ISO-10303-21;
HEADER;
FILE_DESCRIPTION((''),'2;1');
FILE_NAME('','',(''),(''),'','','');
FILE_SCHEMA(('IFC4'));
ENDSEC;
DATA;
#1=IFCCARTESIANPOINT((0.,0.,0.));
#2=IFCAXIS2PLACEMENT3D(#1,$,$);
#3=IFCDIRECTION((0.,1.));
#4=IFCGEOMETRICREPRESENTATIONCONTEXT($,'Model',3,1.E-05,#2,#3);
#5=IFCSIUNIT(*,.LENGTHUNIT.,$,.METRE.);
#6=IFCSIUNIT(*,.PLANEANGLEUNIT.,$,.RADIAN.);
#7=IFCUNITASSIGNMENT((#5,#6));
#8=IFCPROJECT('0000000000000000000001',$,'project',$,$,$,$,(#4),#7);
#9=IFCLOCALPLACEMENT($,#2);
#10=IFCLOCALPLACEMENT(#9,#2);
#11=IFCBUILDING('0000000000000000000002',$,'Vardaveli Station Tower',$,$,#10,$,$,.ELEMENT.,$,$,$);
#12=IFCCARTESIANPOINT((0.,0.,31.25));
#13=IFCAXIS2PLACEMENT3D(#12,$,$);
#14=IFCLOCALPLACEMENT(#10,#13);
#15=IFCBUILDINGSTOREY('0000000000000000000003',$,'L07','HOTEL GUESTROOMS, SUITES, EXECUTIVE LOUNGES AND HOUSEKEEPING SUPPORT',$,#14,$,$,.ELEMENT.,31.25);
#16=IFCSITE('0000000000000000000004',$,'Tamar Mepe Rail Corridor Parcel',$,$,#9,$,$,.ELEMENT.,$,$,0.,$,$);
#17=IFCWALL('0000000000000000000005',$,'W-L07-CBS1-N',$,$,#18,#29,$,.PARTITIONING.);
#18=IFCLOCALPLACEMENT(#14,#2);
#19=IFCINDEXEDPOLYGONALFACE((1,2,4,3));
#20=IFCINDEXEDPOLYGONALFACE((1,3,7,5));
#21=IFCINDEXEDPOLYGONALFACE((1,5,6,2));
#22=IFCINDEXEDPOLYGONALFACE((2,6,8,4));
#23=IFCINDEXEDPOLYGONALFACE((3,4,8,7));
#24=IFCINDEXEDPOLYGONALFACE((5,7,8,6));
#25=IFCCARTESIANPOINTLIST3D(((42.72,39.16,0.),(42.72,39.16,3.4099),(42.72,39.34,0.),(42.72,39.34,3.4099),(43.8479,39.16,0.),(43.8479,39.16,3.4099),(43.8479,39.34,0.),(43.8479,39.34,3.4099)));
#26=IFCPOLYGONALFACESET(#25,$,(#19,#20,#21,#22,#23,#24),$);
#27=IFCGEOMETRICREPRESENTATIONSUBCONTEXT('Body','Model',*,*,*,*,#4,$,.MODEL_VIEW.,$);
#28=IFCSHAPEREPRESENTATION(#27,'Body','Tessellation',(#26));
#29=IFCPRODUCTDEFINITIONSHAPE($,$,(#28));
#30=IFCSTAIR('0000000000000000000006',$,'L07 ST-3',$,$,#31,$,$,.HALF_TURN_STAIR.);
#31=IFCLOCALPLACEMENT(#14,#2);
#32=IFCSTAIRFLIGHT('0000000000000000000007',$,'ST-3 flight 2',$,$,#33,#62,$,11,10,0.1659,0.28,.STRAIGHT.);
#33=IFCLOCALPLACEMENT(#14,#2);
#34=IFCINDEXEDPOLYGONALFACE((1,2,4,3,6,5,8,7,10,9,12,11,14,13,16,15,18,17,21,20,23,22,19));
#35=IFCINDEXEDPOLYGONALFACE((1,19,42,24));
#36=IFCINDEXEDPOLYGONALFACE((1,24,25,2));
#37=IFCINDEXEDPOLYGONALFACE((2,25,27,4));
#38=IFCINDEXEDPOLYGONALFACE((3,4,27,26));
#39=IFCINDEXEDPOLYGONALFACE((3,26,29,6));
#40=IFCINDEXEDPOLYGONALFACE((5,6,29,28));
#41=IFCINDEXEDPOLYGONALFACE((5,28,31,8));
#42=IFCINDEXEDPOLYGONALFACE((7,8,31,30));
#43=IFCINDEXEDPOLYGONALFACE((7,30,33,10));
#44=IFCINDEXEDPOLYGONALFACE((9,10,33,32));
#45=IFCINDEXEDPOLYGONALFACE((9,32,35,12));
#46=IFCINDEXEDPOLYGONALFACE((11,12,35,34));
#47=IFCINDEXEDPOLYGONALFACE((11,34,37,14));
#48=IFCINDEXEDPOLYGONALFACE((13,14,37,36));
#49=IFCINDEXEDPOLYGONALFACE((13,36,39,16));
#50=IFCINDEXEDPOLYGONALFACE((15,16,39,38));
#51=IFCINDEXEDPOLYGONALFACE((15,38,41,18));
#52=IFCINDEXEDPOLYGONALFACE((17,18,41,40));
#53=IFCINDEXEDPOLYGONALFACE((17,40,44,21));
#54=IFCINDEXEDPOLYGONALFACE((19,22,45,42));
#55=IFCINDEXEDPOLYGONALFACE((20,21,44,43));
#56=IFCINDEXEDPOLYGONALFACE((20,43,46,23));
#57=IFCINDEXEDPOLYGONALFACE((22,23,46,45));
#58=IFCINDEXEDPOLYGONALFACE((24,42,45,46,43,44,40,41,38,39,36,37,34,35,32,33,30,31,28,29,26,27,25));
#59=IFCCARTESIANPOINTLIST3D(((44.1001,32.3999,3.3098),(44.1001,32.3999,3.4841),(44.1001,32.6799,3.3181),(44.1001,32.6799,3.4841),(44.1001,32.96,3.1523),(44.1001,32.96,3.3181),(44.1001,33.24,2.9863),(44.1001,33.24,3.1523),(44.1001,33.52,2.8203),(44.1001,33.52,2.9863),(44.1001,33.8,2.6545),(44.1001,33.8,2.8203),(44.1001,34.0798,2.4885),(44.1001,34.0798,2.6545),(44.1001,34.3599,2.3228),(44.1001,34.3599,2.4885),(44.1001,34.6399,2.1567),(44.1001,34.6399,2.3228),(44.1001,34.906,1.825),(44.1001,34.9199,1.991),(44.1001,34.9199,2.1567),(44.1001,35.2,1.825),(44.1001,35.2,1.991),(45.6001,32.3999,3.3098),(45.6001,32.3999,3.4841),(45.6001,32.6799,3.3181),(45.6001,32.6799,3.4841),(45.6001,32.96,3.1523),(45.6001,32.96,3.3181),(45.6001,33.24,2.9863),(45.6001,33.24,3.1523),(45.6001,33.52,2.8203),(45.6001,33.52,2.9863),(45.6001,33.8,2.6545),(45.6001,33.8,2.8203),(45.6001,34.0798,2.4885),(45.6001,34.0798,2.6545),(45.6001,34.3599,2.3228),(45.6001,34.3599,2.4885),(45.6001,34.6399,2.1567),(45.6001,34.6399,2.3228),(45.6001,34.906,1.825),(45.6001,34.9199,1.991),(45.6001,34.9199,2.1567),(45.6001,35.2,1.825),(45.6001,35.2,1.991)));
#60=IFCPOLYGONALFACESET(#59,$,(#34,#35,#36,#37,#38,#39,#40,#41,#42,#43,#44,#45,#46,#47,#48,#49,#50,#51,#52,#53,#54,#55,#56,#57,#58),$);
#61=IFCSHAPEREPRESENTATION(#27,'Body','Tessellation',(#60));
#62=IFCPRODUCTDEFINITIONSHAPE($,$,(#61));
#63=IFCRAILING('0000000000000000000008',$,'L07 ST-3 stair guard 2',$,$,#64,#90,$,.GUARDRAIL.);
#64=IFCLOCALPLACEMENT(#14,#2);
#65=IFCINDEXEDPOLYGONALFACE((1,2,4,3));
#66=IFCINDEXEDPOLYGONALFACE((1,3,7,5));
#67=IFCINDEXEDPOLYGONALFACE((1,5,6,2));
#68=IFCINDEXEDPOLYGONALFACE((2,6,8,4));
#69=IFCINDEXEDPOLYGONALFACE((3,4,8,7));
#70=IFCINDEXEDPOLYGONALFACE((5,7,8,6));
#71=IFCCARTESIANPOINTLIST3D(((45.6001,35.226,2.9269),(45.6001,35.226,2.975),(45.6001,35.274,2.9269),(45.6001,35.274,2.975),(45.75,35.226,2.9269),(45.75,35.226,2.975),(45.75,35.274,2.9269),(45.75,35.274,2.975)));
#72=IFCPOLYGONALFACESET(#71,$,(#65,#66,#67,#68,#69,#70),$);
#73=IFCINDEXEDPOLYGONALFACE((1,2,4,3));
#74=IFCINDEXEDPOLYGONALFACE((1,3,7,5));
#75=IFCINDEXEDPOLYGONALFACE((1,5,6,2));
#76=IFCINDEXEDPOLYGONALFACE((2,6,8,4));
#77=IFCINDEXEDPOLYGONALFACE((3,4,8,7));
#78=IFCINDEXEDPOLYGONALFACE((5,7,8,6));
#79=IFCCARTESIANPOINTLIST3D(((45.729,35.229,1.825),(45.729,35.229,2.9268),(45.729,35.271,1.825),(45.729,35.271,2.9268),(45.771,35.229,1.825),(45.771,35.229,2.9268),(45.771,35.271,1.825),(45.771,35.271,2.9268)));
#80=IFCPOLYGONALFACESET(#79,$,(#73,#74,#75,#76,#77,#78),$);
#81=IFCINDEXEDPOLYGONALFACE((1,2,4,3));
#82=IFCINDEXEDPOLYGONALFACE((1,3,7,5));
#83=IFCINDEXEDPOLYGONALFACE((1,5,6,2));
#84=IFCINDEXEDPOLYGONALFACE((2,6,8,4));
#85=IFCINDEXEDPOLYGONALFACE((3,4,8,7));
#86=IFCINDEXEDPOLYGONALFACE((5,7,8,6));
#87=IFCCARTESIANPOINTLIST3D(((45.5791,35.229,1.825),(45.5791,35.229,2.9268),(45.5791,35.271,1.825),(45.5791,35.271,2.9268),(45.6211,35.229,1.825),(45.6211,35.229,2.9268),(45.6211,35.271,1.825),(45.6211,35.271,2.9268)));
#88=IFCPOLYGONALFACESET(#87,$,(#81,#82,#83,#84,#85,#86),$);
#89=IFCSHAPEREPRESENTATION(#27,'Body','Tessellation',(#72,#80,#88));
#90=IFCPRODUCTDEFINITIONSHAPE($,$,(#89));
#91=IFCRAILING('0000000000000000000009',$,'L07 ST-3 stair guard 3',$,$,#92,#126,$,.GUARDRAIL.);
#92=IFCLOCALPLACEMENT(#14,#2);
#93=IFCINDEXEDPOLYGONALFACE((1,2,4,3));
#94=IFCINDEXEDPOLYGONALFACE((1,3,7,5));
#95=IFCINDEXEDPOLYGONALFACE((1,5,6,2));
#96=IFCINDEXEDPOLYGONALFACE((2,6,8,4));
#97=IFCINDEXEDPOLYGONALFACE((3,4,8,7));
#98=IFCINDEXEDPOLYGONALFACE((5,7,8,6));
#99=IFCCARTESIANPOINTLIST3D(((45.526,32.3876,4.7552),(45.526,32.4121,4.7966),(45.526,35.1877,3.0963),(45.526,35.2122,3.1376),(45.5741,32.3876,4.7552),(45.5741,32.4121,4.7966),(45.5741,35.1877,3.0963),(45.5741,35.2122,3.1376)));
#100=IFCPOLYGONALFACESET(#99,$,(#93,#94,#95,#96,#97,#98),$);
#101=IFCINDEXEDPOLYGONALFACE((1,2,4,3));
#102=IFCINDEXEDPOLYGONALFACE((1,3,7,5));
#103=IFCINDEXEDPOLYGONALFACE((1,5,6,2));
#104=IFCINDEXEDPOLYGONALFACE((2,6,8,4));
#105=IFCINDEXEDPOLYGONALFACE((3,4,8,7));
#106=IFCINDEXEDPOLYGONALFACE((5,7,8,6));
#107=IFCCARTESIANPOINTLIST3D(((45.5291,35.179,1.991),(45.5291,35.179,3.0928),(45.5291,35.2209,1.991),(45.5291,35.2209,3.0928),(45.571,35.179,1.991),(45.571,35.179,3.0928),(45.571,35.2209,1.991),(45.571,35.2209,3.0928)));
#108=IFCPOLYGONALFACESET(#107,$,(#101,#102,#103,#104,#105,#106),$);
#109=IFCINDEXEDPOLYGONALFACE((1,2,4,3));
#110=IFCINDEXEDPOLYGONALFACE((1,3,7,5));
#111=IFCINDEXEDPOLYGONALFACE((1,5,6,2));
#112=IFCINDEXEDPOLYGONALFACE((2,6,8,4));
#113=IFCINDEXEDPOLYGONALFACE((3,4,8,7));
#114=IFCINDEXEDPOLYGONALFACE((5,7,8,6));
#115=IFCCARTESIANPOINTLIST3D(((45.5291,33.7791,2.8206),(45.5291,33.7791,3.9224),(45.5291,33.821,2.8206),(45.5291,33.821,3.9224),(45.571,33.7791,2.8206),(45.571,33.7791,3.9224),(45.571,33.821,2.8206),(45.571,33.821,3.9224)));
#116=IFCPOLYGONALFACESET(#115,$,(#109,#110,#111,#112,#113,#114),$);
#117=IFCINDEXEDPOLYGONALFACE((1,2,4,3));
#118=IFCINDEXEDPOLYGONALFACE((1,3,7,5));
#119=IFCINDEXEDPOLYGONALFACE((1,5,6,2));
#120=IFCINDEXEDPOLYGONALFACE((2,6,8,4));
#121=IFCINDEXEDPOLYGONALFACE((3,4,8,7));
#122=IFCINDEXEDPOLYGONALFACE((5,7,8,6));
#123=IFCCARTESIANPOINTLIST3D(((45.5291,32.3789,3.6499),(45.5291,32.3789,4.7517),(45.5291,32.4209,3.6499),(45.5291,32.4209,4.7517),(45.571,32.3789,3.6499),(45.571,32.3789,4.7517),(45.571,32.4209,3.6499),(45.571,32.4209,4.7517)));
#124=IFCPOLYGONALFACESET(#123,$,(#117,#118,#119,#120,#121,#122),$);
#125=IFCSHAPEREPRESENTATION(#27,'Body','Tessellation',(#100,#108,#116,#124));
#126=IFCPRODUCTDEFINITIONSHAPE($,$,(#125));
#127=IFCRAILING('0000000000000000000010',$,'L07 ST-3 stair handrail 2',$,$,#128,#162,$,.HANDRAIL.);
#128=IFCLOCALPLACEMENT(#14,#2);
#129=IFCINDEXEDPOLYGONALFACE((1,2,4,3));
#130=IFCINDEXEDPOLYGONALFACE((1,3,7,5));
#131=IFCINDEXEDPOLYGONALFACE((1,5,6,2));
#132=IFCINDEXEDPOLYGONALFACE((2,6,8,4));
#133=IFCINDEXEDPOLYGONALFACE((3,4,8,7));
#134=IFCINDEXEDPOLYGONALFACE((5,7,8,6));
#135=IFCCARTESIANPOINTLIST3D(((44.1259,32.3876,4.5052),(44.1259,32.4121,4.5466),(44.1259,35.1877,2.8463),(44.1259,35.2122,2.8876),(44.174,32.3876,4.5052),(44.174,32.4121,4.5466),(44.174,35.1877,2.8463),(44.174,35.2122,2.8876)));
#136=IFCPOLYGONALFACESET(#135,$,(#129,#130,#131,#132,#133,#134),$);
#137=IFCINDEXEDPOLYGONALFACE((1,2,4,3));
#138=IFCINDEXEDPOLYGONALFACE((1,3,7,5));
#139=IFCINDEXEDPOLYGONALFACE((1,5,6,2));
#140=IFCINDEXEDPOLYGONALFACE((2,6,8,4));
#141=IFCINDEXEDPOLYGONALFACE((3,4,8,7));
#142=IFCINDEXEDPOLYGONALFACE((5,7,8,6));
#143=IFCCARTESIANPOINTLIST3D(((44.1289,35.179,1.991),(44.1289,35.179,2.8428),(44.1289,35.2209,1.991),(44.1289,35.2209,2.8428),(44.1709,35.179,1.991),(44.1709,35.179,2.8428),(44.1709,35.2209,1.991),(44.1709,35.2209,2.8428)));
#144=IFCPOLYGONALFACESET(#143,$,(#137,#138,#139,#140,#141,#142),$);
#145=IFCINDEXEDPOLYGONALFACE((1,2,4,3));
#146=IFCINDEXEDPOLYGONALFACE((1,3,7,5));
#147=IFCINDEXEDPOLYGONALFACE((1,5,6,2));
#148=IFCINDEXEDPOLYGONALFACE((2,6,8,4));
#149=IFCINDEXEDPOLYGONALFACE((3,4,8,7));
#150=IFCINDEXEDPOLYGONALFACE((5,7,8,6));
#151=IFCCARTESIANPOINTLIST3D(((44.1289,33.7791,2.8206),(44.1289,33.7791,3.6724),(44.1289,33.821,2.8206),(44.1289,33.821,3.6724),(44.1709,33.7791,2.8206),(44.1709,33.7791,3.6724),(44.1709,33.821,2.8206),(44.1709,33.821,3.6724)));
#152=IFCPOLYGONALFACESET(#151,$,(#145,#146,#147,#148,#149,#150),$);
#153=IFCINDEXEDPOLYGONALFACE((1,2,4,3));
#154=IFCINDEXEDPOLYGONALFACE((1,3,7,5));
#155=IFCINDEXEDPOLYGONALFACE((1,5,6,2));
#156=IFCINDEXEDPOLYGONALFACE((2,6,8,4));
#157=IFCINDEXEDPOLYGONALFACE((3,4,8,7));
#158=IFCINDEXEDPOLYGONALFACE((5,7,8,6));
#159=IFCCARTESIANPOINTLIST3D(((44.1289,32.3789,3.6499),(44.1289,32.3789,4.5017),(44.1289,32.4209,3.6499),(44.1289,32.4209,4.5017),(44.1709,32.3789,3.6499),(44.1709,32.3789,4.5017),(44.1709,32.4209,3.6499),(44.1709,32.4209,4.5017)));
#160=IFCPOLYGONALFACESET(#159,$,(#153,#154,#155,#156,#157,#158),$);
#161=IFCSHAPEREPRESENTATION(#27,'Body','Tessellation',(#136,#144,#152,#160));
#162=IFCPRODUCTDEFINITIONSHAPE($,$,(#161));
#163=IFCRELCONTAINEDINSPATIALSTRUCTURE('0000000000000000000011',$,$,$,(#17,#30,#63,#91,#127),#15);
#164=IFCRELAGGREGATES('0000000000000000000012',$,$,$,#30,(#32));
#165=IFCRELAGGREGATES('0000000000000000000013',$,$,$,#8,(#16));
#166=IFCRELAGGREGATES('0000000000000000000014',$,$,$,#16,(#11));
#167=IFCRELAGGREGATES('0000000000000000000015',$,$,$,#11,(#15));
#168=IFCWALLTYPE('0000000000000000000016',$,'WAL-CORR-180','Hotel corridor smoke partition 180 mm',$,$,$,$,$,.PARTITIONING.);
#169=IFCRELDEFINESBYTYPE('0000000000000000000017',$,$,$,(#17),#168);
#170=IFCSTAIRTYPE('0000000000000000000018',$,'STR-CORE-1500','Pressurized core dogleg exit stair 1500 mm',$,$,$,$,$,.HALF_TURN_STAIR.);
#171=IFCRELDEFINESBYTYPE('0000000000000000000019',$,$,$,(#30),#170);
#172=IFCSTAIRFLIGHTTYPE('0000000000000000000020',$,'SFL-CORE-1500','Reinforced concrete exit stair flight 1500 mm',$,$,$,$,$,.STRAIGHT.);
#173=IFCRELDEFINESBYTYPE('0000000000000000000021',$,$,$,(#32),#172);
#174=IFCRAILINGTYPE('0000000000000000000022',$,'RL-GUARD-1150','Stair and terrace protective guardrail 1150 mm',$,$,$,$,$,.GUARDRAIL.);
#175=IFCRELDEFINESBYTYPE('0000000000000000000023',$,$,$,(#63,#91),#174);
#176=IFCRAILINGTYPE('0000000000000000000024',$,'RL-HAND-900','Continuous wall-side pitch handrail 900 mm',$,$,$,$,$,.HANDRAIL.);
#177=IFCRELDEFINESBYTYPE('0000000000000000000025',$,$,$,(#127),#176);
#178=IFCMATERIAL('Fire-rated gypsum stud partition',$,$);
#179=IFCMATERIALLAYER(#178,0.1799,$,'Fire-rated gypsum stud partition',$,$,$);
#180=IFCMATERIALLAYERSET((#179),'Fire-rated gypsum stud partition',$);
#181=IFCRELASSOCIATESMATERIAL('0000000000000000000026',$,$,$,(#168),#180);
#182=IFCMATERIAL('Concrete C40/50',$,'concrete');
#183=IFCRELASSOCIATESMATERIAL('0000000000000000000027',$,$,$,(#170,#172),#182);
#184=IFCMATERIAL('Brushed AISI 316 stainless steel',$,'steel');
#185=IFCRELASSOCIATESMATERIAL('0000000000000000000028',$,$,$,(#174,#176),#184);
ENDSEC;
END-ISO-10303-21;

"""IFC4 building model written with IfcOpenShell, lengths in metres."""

from ifc_helpers import new_model, si_unit, direction, frame, frame_2d, origin, origin_2d, place, context, subcontext, project, spatial, polyline, rectangle, outline, extrude, source, transform, mapped, material, layer, layer_set, type_object, element, aggregate, save


model = new_model("IFC4")

# Units and contexts
model_context = context("Model", 3, precision=1e-05, world=origin(), true_north=direction((0.0, 1.0)))
body_context = subcontext(model_context, "Body", "Model", "MODEL_VIEW")
ifc_project = project(units=[si_unit("LENGTHUNIT", "METRE"), si_unit("PLANEANGLEUNIT", "RADIAN")], contexts=[model_context])

# Site, building, storey
site_placement = place(None, origin())
site = spatial("IfcSite", under=ifc_project, at=site_placement, Name="Tamar Mepe Rail Corridor Parcel", CompositionType="ELEMENT", RefElevation=0.0)
building_placement = place(site_placement, origin())
building = spatial("IfcBuilding", under=site, at=building_placement, Name="Vardaveli Station Tower", CompositionType="ELEMENT")
storey_placement = place(building_placement, frame((0.0, 0.0, 31.25)))
storey = spatial("IfcBuildingStorey", under=building, at=storey_placement, Name="L07", Description="HOTEL GUESTROOMS, SUITES, EXECUTIVE LOUNGES AND HOUSEKEEPING SUPPORT", CompositionType="ELEMENT", Elevation=31.25)

# Wall
ifc_material_1 = material(Name="Concrete C40/50", Category="concrete")
ifc_material_2 = material(Name="Fire-rated gypsum stud partition")
ifc_layer_1 = layer(ifc_material_2, 0.1799, Name="Fire-rated gypsum stud partition")
ifc_layer_set_1 = layer_set([ifc_layer_1], Name="Fire-rated gypsum stud partition")
wall_type_1 = type_object("IfcWallType", Name="WAL-CORR-180", Description="Hotel corridor smoke partition 180 mm", PredefinedType="PARTITIONING", material=ifc_layer_set_1)
shared_shape_1 = source(origin(), body_context, "Body", "SweptSolid", [
    extrude(rectangle(XDim=1.1279, YDim=0.1799, at=frame_2d((0.564, 0.0))), origin(), (0.0, 0.0, 1.0), 3.4099),
])
wall_1_placement = place(storey_placement, frame((42.72, 39.25, 0.0), z_axis=(0.0, 0.0, 1.0), x_axis=(1.0, 0.0, 0.0)))
element("IfcWall", 1, at=wall_1_placement, inside=storey, type_object=wall_type_1, Name="W-L07-CBS1-N", PredefinedType="PARTITIONING", context=body_context, shape_type="MappedRepresentation", body=[
    mapped(shared_shape_1, transform((0.0, 0.0, 0.0), scale=1.0)),
])

# Stair, stair flight
stair_type = type_object("IfcStairType", Name="STR-CORE-1500", Description="Pressurized core dogleg exit stair 1500 mm", PredefinedType="HALF_TURN_STAIR", material=ifc_material_1)
stair_placement = place(storey_placement, origin())
stair = element("IfcStair", 2, at=stair_placement, inside=storey, type_object=stair_type, Name="L07 ST-3", PredefinedType="HALF_TURN_STAIR")
stair_flight_type = type_object("IfcStairFlightType", Name="SFL-CORE-1500", Description="Reinforced concrete exit stair flight 1500 mm", PredefinedType="STRAIGHT", material=ifc_material_1)
shared_shape_2 = source(origin(), body_context, "Body", "SweptSolid", [
    extrude(outline(polyline([(0.0, 0.0), (0.0, 0.166), (0.28, 0.166), (0.28, 0.3318), (0.5601, 0.3318), (0.5601, 0.4978), (0.8401, 0.4978), (0.8401, 0.6636), (1.1201, 0.6636), (1.1201, 0.8296), (1.3999, 0.8296), (1.3999, 0.9954), (1.6799, 0.9954), (1.6799, 1.1614), (1.96, 1.1614), (1.96, 1.3274), (2.24, 1.3274), (2.24, 1.4932), (2.52, 1.4932), (2.52, 1.6592), (2.8, 1.6592), (2.8, 1.825), (2.8, 1.4849), (0.2939, 0.0), (0.0, 0.0)])), frame((0.0, 0.75, 0.0), z_axis=(0.0, -1.0, 0.0), x_axis=(1.0, 0.0, 0.0)), (0.0, 0.0, 1.0), 1.5),
])
stair_flight_placement = place(storey_placement, frame((44.8501, 35.2, 1.825), z_axis=(0.0, 0.0, 1.0), x_axis=(0.0, -1.0, 0.0)))
stair_flight = element("IfcStairFlight", 3, at=stair_flight_placement, type_object=stair_flight_type, Name="ST-3 flight 2", NumberOfRisers=11, NumberOfTreads=10, PredefinedType="STRAIGHT", RiserHeight=0.1659, TreadLength=0.28, context=body_context, shape_type="MappedRepresentation", body=[
    mapped(shared_shape_2, transform((0.0, 0.0, 0.0), scale=1.0)),
])
aggregate(stair, [stair_flight])

# Railings
ifc_material_3 = material(Name="Brushed AISI 316 stainless steel", Category="steel")
railing_type_1 = type_object("IfcRailingType", Name="RL-GUARD-1150", Description="Stair and terrace protective guardrail 1150 mm", PredefinedType="GUARDRAIL", material=ifc_material_3)
shared_shape_3 = source(origin(), body_context, "Body", "SweptSolid", [
    extrude(rectangle(XDim=0.0481, YDim=0.0481, at=origin_2d()), frame((0.0, 0.0, 1.126), z_axis=(-1.0, 0.0, 0.0), x_axis=(0.0, -1.0, 0.0)), (0.0, 0.0, 1.0), 0.1499),
    extrude(rectangle(XDim=0.042, YDim=0.042, at=origin_2d()), origin(), (0.0, 0.0, 1.0), 1.1018),
    extrude(rectangle(XDim=0.042, YDim=0.042, at=origin_2d()), frame((-0.1499, 0.0, 0.0)), (0.0, 0.0, 1.0), 1.1018),
])
railing_1_placement = place(storey_placement, frame((45.75, 35.25, 1.825)))
element("IfcRailing", 4, at=railing_1_placement, inside=storey, type_object=railing_type_1, Name="L07 ST-3 stair guard 2", PredefinedType="GUARDRAIL", context=body_context, shape_type="MappedRepresentation", body=[
    mapped(shared_shape_3, transform((0.0, 0.0, 0.0), scale=1.0)),
])
shared_shape_4 = source(origin(), body_context, "Body", "SweptSolid", [
    extrude(rectangle(XDim=0.0481, YDim=0.0481, at=origin_2d()), frame((0.0, 0.0, 1.126), z_axis=(0.0, -0.860339, 0.509722), x_axis=(1.0, 0.0, 0.0)), (0.0, 0.0, 1.0), 3.2546),
    extrude(rectangle(XDim=0.042, YDim=0.042, at=origin_2d()), origin(), (0.0, 0.0, 1.0), 1.1018),
    extrude(rectangle(XDim=0.042, YDim=0.042, at=origin_2d()), frame((0.0, -1.3999, 0.8296)), (0.0, 0.0, 1.0), 1.1018),
    extrude(rectangle(XDim=0.042, YDim=0.042, at=origin_2d()), frame((0.0, -2.8, 1.6589)), (0.0, 0.0, 1.0), 1.1018),
])
railing_2_placement = place(storey_placement, frame((45.55, 35.2, 1.991)))
element("IfcRailing", 5, at=railing_2_placement, inside=storey, type_object=railing_type_1, Name="L07 ST-3 stair guard 3", PredefinedType="GUARDRAIL", context=body_context, shape_type="MappedRepresentation", body=[
    mapped(shared_shape_4, transform((0.0, 0.0, 0.0), scale=1.0)),
])
railing_type_2 = type_object("IfcRailingType", Name="RL-HAND-900", Description="Continuous wall-side pitch handrail 900 mm", PredefinedType="HANDRAIL", material=ifc_material_3)
shared_shape_5 = source(origin(), body_context, "Body", "SweptSolid", [
    extrude(rectangle(XDim=0.0481, YDim=0.0481, at=origin_2d()), frame((0.0, 0.0, 0.876), z_axis=(0.0, -0.860339, 0.509722), x_axis=(1.0, 0.0, 0.0)), (0.0, 0.0, 1.0), 3.2546),
    extrude(rectangle(XDim=0.042, YDim=0.042, at=origin_2d()), origin(), (0.0, 0.0, 1.0), 0.8518),
    extrude(rectangle(XDim=0.042, YDim=0.042, at=origin_2d()), frame((0.0, -1.3999, 0.8296)), (0.0, 0.0, 1.0), 0.8518),
    extrude(rectangle(XDim=0.042, YDim=0.042, at=origin_2d()), frame((0.0, -2.8, 1.6589)), (0.0, 0.0, 1.0), 0.8518),
])
railing_3_placement = place(storey_placement, frame((44.1499, 35.2, 1.991)))
element("IfcRailing", 6, at=railing_3_placement, inside=storey, type_object=railing_type_2, Name="L07 ST-3 stair handrail 2", PredefinedType="HANDRAIL", context=body_context, shape_type="MappedRepresentation", body=[
    mapped(shared_shape_5, transform((0.0, 0.0, 0.0), scale=1.0)),
])

save(model, "model.ifc")
